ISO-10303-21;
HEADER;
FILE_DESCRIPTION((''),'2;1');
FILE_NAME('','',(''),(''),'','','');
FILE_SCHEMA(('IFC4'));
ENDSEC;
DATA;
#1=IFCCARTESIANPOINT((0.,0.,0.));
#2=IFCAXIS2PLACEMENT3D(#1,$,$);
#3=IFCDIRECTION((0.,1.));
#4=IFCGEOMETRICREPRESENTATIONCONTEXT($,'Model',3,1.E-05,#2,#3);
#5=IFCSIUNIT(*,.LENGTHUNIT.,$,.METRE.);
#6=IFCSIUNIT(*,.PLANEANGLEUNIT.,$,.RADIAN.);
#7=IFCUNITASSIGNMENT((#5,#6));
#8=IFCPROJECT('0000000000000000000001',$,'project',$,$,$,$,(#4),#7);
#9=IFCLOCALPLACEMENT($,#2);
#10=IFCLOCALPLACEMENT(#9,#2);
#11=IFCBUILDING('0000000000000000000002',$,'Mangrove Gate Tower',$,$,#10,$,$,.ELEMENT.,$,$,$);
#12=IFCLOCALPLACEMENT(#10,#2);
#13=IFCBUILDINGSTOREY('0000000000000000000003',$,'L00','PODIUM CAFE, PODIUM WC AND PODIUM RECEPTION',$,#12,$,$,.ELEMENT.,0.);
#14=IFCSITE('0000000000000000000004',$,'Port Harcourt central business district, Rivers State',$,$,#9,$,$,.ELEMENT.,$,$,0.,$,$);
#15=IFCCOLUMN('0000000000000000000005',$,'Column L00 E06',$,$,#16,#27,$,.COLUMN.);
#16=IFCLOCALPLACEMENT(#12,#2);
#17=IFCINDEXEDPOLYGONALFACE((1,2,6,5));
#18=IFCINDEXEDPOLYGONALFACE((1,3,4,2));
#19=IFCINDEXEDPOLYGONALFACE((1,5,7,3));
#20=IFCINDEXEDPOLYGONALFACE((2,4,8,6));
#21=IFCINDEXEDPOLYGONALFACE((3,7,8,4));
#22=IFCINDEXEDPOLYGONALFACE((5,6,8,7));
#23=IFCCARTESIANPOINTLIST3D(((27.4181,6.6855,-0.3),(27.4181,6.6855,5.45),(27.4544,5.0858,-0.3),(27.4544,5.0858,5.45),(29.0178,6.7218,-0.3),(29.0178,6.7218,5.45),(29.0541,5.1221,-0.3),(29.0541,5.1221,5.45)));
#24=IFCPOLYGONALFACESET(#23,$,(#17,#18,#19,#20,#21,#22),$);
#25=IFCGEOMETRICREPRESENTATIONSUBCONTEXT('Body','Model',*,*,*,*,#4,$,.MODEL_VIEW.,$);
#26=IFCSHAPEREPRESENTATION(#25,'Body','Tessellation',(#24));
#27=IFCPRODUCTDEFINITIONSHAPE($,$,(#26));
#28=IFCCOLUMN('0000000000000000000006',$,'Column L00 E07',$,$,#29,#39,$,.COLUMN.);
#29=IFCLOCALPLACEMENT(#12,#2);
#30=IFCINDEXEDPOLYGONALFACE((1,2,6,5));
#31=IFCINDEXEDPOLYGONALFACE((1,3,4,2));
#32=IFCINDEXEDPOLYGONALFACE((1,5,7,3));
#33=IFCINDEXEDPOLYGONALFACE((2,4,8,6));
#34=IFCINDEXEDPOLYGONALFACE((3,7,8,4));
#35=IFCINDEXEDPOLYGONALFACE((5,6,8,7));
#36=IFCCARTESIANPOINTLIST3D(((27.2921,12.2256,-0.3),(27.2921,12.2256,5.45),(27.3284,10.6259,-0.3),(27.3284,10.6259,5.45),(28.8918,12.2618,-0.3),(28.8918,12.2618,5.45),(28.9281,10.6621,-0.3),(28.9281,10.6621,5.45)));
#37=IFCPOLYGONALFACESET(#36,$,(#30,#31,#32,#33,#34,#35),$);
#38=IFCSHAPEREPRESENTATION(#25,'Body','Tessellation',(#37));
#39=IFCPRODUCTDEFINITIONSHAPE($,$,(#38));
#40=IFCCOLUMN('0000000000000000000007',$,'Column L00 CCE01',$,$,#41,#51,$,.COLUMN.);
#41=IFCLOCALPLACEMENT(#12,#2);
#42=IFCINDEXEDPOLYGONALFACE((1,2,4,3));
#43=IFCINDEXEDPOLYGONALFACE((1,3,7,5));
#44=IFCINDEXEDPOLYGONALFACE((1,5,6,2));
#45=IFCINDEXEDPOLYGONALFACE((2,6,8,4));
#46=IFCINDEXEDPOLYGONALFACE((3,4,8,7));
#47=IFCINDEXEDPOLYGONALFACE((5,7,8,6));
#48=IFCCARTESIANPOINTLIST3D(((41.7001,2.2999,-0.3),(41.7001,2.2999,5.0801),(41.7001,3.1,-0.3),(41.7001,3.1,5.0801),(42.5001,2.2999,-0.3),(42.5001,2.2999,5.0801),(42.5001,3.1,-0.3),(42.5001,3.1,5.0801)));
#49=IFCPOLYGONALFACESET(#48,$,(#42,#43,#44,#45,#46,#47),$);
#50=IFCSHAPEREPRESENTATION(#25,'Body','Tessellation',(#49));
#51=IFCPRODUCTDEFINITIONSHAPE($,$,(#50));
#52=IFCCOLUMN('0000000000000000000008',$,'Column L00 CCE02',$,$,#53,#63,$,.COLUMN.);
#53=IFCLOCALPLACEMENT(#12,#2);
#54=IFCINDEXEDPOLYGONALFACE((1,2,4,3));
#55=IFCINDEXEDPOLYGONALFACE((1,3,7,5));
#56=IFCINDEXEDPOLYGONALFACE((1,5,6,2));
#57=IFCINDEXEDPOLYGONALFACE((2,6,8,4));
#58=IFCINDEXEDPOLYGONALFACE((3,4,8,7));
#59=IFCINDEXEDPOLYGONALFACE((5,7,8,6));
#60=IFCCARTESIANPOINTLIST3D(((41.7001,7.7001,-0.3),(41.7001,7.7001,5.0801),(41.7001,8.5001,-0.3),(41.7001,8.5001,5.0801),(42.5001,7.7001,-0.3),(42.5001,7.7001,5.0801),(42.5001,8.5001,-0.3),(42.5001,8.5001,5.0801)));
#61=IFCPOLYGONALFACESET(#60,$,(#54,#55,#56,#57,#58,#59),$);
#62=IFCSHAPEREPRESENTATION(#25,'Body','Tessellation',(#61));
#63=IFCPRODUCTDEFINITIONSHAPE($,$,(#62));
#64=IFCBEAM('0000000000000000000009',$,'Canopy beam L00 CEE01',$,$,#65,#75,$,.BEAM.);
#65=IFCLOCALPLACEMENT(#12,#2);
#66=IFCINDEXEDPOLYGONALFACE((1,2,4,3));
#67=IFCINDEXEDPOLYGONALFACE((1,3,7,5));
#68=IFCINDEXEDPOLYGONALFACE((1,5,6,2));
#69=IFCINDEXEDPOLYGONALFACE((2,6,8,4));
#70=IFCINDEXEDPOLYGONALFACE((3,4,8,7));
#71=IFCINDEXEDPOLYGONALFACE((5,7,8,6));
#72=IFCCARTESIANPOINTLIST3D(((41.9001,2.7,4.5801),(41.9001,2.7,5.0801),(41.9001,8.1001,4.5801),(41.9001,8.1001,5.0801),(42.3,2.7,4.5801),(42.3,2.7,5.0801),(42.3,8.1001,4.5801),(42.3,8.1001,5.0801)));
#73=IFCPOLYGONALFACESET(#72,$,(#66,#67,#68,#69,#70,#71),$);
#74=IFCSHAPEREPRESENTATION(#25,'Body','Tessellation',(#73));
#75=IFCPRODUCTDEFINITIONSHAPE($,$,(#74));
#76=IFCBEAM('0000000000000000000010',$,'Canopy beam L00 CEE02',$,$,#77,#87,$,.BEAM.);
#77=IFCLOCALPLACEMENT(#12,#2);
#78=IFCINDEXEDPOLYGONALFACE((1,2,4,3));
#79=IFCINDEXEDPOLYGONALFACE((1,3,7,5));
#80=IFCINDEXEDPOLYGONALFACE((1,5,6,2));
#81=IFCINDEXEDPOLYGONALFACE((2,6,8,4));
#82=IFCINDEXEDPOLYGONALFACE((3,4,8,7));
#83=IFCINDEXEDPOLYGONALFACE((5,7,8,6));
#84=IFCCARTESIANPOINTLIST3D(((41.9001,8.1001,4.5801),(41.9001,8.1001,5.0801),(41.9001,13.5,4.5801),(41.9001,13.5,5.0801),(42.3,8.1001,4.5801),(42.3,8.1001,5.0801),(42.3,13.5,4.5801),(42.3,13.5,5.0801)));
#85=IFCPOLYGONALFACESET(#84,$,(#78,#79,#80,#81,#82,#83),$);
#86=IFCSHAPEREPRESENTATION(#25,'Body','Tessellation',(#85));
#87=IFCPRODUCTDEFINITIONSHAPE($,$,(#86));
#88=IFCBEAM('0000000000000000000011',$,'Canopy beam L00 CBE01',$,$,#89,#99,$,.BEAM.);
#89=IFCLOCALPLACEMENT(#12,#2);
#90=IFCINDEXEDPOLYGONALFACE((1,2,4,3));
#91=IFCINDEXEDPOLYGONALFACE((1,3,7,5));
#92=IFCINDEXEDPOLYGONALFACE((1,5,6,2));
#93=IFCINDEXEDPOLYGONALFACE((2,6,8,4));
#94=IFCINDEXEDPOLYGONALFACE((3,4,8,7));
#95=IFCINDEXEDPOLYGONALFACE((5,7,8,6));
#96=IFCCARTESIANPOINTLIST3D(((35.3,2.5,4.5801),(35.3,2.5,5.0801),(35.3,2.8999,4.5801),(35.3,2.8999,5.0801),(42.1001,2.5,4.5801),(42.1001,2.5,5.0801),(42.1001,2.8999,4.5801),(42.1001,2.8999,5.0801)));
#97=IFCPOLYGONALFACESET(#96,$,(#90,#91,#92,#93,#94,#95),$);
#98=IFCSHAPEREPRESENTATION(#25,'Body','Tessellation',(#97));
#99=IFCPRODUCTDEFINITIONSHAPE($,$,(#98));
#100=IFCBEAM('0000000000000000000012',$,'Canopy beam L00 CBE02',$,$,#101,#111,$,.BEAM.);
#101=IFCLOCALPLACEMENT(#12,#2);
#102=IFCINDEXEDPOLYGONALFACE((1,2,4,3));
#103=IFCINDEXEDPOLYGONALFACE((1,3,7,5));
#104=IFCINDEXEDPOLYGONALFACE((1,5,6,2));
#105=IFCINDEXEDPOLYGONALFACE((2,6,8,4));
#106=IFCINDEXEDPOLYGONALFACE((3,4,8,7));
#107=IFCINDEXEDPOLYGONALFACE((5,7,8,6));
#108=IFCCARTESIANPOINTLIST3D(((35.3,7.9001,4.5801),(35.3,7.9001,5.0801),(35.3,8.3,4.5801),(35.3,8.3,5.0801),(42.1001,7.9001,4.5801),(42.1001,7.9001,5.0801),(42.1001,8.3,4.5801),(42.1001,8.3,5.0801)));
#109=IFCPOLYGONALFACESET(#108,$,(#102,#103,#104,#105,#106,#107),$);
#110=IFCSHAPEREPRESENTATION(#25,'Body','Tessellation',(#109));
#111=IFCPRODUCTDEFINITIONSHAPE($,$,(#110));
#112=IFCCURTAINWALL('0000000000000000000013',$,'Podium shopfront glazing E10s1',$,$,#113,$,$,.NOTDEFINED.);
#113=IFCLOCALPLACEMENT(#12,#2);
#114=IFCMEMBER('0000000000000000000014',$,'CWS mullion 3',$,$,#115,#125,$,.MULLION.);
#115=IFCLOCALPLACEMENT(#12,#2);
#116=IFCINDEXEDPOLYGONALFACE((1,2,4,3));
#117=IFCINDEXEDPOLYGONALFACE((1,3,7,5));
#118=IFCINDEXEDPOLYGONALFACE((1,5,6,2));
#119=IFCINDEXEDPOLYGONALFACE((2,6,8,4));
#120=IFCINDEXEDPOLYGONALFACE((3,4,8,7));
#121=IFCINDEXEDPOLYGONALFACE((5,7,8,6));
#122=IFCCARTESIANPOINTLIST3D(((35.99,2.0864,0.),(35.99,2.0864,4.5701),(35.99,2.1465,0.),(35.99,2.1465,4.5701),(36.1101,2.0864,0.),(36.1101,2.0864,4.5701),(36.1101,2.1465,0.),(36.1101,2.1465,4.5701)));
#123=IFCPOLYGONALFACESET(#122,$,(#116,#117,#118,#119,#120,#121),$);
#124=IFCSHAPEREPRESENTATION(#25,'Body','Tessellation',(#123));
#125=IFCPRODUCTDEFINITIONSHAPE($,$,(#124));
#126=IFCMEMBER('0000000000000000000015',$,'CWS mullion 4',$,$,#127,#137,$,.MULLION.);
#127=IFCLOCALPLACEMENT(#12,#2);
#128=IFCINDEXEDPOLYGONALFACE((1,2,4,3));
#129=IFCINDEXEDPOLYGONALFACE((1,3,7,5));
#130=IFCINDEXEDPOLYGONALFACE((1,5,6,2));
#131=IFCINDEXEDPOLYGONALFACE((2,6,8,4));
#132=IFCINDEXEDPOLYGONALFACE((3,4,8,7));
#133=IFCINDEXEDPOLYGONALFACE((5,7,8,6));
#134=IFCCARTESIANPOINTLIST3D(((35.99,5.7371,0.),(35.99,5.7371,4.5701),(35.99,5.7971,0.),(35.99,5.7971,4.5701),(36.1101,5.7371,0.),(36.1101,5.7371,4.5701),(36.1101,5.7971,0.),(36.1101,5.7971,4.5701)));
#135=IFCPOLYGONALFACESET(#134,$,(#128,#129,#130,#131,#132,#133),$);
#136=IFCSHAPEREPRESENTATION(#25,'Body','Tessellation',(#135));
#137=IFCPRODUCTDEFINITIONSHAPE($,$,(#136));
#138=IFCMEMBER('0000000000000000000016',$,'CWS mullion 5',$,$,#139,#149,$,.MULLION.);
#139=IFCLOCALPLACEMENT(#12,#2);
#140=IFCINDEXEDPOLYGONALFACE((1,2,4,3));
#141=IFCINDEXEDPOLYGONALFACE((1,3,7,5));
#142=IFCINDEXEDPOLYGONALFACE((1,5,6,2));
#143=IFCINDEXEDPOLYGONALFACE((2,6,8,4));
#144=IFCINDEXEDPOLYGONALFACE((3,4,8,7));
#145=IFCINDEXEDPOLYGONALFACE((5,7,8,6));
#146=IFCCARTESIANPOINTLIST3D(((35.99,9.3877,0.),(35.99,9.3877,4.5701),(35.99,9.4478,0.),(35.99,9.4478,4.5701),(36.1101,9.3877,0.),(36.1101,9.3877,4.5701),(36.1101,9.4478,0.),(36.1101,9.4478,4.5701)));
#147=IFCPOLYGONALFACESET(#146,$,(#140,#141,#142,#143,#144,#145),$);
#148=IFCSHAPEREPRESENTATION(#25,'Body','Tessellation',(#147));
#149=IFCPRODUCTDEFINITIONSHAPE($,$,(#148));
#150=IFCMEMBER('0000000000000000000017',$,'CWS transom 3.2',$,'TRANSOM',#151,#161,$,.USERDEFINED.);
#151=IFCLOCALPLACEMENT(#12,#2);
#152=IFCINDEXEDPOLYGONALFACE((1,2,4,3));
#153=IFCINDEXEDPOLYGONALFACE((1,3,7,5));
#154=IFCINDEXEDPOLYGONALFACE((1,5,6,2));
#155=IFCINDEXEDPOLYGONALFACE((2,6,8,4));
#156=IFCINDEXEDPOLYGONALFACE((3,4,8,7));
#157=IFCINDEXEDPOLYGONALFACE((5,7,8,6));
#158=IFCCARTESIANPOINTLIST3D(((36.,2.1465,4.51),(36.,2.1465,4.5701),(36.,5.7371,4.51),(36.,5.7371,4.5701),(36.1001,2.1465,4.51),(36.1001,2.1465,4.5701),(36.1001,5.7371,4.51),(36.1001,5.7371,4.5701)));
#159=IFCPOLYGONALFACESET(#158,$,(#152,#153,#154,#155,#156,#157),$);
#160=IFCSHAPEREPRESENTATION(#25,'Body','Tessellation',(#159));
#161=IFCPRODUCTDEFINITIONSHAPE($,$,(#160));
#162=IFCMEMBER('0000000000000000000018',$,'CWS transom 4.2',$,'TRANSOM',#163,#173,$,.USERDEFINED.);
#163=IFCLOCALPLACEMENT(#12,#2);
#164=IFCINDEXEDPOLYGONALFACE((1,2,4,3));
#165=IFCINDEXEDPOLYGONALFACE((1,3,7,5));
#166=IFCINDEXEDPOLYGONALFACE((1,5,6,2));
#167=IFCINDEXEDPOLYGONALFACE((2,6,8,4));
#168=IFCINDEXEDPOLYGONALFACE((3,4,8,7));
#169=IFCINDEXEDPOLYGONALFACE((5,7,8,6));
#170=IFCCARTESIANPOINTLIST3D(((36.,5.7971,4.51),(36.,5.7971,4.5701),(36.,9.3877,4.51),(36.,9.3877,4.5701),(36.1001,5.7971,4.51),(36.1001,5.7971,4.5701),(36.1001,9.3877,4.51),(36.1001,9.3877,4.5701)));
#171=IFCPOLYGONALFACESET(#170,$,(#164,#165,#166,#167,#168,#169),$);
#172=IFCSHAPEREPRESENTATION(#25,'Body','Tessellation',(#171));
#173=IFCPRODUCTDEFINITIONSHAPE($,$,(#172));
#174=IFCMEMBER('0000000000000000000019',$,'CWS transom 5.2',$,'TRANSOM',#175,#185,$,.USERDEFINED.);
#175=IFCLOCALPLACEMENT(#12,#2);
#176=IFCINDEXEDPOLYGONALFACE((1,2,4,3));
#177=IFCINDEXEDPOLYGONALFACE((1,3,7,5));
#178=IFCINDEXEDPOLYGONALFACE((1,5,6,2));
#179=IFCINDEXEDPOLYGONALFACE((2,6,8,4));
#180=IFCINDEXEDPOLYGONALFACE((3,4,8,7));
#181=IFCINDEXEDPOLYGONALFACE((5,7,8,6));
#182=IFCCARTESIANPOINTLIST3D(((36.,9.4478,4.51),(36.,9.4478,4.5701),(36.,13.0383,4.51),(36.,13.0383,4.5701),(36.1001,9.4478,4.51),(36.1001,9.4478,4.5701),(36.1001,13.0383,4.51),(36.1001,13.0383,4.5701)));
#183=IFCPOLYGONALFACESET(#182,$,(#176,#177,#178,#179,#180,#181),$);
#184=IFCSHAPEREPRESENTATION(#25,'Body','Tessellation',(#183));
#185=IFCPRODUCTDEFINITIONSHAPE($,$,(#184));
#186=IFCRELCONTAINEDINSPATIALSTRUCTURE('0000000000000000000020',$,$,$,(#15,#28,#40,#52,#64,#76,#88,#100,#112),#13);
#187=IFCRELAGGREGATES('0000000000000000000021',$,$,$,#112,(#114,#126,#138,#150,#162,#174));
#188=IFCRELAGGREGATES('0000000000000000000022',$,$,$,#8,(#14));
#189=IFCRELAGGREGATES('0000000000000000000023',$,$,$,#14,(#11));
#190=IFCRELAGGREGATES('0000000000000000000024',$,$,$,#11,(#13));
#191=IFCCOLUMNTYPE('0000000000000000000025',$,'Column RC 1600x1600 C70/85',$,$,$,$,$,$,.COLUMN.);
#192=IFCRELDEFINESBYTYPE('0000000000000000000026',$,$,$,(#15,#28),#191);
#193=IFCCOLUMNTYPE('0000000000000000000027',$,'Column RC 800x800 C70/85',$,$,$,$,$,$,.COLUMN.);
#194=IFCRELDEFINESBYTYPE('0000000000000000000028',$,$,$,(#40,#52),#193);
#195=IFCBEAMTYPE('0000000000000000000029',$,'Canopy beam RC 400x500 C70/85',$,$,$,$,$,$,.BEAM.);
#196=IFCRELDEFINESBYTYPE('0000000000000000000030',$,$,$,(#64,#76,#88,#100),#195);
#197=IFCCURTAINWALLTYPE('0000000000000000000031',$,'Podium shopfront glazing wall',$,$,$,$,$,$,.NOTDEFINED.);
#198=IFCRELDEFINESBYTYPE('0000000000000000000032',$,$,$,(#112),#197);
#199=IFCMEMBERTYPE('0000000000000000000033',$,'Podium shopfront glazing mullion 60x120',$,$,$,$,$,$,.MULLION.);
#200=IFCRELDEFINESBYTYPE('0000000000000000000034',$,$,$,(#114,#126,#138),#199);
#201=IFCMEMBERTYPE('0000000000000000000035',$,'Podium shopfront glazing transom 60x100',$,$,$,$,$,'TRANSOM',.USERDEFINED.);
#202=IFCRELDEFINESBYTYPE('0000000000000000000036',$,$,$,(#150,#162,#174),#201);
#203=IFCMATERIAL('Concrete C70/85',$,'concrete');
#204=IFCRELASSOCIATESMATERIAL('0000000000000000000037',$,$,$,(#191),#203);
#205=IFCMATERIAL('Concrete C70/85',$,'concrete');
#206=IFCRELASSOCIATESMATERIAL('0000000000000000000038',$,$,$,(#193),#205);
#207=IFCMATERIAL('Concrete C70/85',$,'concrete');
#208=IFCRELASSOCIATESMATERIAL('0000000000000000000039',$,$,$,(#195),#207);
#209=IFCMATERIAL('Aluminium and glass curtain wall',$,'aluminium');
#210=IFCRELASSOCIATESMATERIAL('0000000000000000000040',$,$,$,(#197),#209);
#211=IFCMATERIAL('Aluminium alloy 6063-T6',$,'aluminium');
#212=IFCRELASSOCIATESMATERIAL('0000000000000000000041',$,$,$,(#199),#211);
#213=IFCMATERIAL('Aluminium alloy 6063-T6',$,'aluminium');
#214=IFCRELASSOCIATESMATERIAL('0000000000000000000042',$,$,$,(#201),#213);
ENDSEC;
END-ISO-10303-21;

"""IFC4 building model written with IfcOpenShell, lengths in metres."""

from ifc_helpers import new_model, si_unit, direction, frame, origin, origin_2d, place, context, subcontext, project, spatial, rectangle, extrude, material, material_profile, profile_set, type_object, element, aggregate, save


model = new_model("IFC4")

# Units and contexts
model_context = context("Model", 3, precision=1e-05, world=origin(), true_north=direction((0.0, 1.0)))
body_context = subcontext(model_context, "Body", "Model", "MODEL_VIEW")
ifc_project = project(units=[si_unit("LENGTHUNIT", "METRE"), si_unit("PLANEANGLEUNIT", "RADIAN")], contexts=[model_context])

# Site, building, storey
site_placement = place(None, origin())
site = spatial("IfcSite", under=ifc_project, at=site_placement, Name="Port Harcourt central business district, Rivers State", CompositionType="ELEMENT", RefElevation=0.0)
building_placement = place(site_placement, origin())
building = spatial("IfcBuilding", under=site, at=building_placement, Name="Mangrove Gate Tower", CompositionType="ELEMENT")
storey_placement = place(building_placement, origin())
storey = spatial("IfcBuildingStorey", under=building, at=storey_placement, Name="L00", Description="PODIUM CAFE, PODIUM WC AND PODIUM RECEPTION", CompositionType="ELEMENT", Elevation=0.0)

# Columns
ifc_material_1 = material(Name="Concrete C70/85", Category="concrete")
ifc_material_profile_1 = material_profile(ifc_material_1, rectangle(XDim=1.6001, YDim=1.6001, at=origin_2d()))
ifc_profile_set_1 = profile_set([ifc_material_profile_1], Name="Concrete C70/85")
column_type_1 = type_object("IfcColumnType", Name="Column RC 1600x1600 C70/85", PredefinedType="COLUMN", material=ifc_profile_set_1)
for number, where, z_axis, x_axis, name in (
    (1, (28.2361, 5.9038, -0.3), (0.0, 0.0, 1.0), (-0.022704, 0.999742, 0.0), "Column L00 E06"),
    (2, (28.1101, 11.4438, -0.3), (0.0, 0.0, 1.0), (-0.022646, 0.999744, 0.0), "Column L00 E07"),
):
    element("IfcColumn", number, at=place(storey_placement, frame(where, z_axis=z_axis, x_axis=x_axis)), inside=storey, type_object=column_type_1, Name=name, PredefinedType="COLUMN", context=body_context, shape_type="SweptSolid", body=[
        extrude(rectangle(XDim=1.6001, YDim=1.6001, at=origin_2d()), origin(), (0.0, 0.0, 1.0), 5.75),
    ])
ifc_material_2 = material(Name="Concrete C70/85", Category="concrete")
ifc_material_profile_2 = material_profile(ifc_material_2, rectangle(XDim=0.8, YDim=0.8, at=origin_2d()))
ifc_profile_set_2 = profile_set([ifc_material_profile_2], Name="Concrete C70/85")
column_type_2 = type_object("IfcColumnType", Name="Column RC 800x800 C70/85", PredefinedType="COLUMN", material=ifc_profile_set_2)
for number, where, z_axis, x_axis, name in (
    (3, (42.1001, 2.7, -0.3), (0.0, 0.0, 1.0), (1.0, 0.0, 0.0), "Column L00 CCE01"),
    (4, (42.1001, 8.1001, -0.3), (0.0, 0.0, 1.0), (1.0, 0.0, 0.0), "Column L00 CCE02"),
):
    element("IfcColumn", number, at=place(storey_placement, frame(where, z_axis=z_axis, x_axis=x_axis)), inside=storey, type_object=column_type_2, Name=name, PredefinedType="COLUMN", context=body_context, shape_type="SweptSolid", body=[
        extrude(rectangle(XDim=0.8, YDim=0.8, at=origin_2d()), origin(), (0.0, 0.0, 1.0), 5.3801),
    ])

# Beams
ifc_material_3 = material(Name="Concrete C70/85", Category="concrete")
ifc_material_profile_3 = material_profile(ifc_material_3, rectangle(XDim=0.3999, YDim=0.5, at=origin_2d()))
ifc_profile_set_3 = profile_set([ifc_material_profile_3], Name="Concrete C70/85")
beam_type = type_object("IfcBeamType", Name="Canopy beam RC 400x500 C70/85", PredefinedType="BEAM", material=ifc_profile_set_3)
beam_1_placement = place(storey_placement, frame((42.1001, 2.7, 4.8301), z_axis=(0.0, 1.0, 0.0), x_axis=(-1.0, 0.0, 0.0)))
element("IfcBeam", 5, at=beam_1_placement, inside=storey, type_object=beam_type, Name="Canopy beam L00 CEE01", PredefinedType="BEAM", context=body_context, shape_type="SweptSolid", body=[
    extrude(rectangle(XDim=0.3999, YDim=0.5, at=origin_2d()), origin(), (0.0, 0.0, 1.0), 5.4001),
])
beam_2_placement = place(storey_placement, frame((42.1001, 8.1001, 4.8301), z_axis=(0.0, 1.0, 0.0), x_axis=(-1.0, 0.0, 0.0)))
element("IfcBeam", 6, at=beam_2_placement, inside=storey, type_object=beam_type, Name="Canopy beam L00 CEE02", PredefinedType="BEAM", context=body_context, shape_type="SweptSolid", body=[
    extrude(rectangle(XDim=0.3999, YDim=0.5, at=origin_2d()), origin(), (0.0, 0.0, 1.0), 5.3999),
])
for number, where, z_axis, x_axis, name in (
    (7, (35.3, 2.7, 4.8301), (1.0, 0.0, 0.0), (0.0, 1.0, 0.0), "Canopy beam L00 CBE01"),
    (8, (35.3, 8.1001, 4.8301), (1.0, 0.0, 0.0), (0.0, 1.0, 0.0), "Canopy beam L00 CBE02"),
):
    element("IfcBeam", number, at=place(storey_placement, frame(where, z_axis=z_axis, x_axis=x_axis)), inside=storey, type_object=beam_type, Name=name, PredefinedType="BEAM", context=body_context, shape_type="SweptSolid", body=[
        extrude(rectangle(XDim=0.3999, YDim=0.5, at=origin_2d()), origin(), (0.0, 0.0, 1.0), 6.8),
    ])

# Curtain wall, members
ifc_material_4 = material(Name="Aluminium and glass curtain wall", Category="aluminium")
curtain_wall_type = type_object("IfcCurtainWallType", Name="Podium shopfront glazing wall", PredefinedType="NOTDEFINED", material=ifc_material_4)
curtain_wall_placement = place(storey_placement, origin())
curtain_wall = element("IfcCurtainWall", 9, at=curtain_wall_placement, inside=storey, type_object=curtain_wall_type, Name="Podium shopfront glazing E10s1", PredefinedType="NOTDEFINED")
ifc_material_5 = material(Name="Aluminium alloy 6063-T6", Category="aluminium")
ifc_material_profile_4 = material_profile(ifc_material_5, rectangle(XDim=0.0601, YDim=0.1201, at=origin_2d()))
ifc_profile_set_4 = profile_set([ifc_material_profile_4], Name="Aluminium alloy 6063-T6")
member_type_1 = type_object("IfcMemberType", Name="Podium shopfront glazing mullion 60x120", PredefinedType="MULLION", material=ifc_profile_set_4)
member_1_placement = place(storey_placement, frame((36.05, 2.1165, 0.0), z_axis=(0.0, 0.0, 1.0), x_axis=(0.0, 1.0, 0.0)))
member_1 = element("IfcMember", 10, at=member_1_placement, type_object=member_type_1, Name="CWS mullion 3", PredefinedType="MULLION", context=body_context, shape_type="SweptSolid", body=[
    extrude(rectangle(XDim=0.0601, YDim=0.1201, at=origin_2d()), origin(), (0.0, 0.0, 1.0), 4.5701),
])
member_2_placement = place(storey_placement, frame((36.05, 5.7671, 0.0), z_axis=(0.0, 0.0, 1.0), x_axis=(0.0, 1.0, 0.0)))
member_2 = element("IfcMember", 11, at=member_2_placement, type_object=member_type_1, Name="CWS mullion 4", PredefinedType="MULLION", context=body_context, shape_type="SweptSolid", body=[
    extrude(rectangle(XDim=0.0601, YDim=0.1201, at=origin_2d()), origin(), (0.0, 0.0, 1.0), 4.5701),
])
member_3_placement = place(storey_placement, frame((36.05, 9.4177, 0.0), z_axis=(0.0, 0.0, 1.0), x_axis=(0.0, 1.0, 0.0)))
member_3 = element("IfcMember", 12, at=member_3_placement, type_object=member_type_1, Name="CWS mullion 5", PredefinedType="MULLION", context=body_context, shape_type="SweptSolid", body=[
    extrude(rectangle(XDim=0.0601, YDim=0.1201, at=origin_2d()), origin(), (0.0, 0.0, 1.0), 4.5701),
])
ifc_material_6 = material(Name="Aluminium alloy 6063-T6", Category="aluminium")
ifc_material_profile_5 = material_profile(ifc_material_6, rectangle(XDim=0.0601, YDim=0.1001, at=origin_2d()))
ifc_profile_set_5 = profile_set([ifc_material_profile_5], Name="Aluminium alloy 6063-T6")
member_type_2 = type_object("IfcMemberType", Name="Podium shopfront glazing transom 60x100", ElementType="TRANSOM", PredefinedType="USERDEFINED", material=ifc_profile_set_5)
member_4_placement = place(storey_placement, frame((36.05, 2.1465, 4.54), z_axis=(0.0, 1.0, 0.0), x_axis=(0.0, 0.0, 1.0)))
member_4 = element("IfcMember", 13, at=member_4_placement, type_object=member_type_2, Name="CWS transom 3.2", ObjectType="TRANSOM", PredefinedType="USERDEFINED", context=body_context, shape_type="SweptSolid", body=[
    extrude(rectangle(XDim=0.0601, YDim=0.1001, at=origin_2d()), origin(), (0.0, 0.0, 1.0), 3.5906),
])
member_5_placement = place(storey_placement, frame((36.05, 5.7971, 4.54), z_axis=(0.0, 1.0, 0.0), x_axis=(0.0, 0.0, 1.0)))
member_5 = element("IfcMember", 14, at=member_5_placement, type_object=member_type_2, Name="CWS transom 4.2", ObjectType="TRANSOM", PredefinedType="USERDEFINED", context=body_context, shape_type="SweptSolid", body=[
    extrude(rectangle(XDim=0.0601, YDim=0.1001, at=origin_2d()), origin(), (0.0, 0.0, 1.0), 3.5906),
])
member_6_placement = place(storey_placement, frame((36.05, 9.4478, 4.54), z_axis=(0.0, 1.0, 0.0), x_axis=(0.0, 0.0, 1.0)))
member_6 = element("IfcMember", 15, at=member_6_placement, type_object=member_type_2, Name="CWS transom 5.2", ObjectType="TRANSOM", PredefinedType="USERDEFINED", context=body_context, shape_type="SweptSolid", body=[
    extrude(rectangle(XDim=0.0601, YDim=0.1001, at=origin_2d()), origin(), (0.0, 0.0, 1.0), 3.5906),
])
aggregate(curtain_wall, [member_1, member_2, member_3, member_4, member_5, member_6])

save(model, "model.ifc")
